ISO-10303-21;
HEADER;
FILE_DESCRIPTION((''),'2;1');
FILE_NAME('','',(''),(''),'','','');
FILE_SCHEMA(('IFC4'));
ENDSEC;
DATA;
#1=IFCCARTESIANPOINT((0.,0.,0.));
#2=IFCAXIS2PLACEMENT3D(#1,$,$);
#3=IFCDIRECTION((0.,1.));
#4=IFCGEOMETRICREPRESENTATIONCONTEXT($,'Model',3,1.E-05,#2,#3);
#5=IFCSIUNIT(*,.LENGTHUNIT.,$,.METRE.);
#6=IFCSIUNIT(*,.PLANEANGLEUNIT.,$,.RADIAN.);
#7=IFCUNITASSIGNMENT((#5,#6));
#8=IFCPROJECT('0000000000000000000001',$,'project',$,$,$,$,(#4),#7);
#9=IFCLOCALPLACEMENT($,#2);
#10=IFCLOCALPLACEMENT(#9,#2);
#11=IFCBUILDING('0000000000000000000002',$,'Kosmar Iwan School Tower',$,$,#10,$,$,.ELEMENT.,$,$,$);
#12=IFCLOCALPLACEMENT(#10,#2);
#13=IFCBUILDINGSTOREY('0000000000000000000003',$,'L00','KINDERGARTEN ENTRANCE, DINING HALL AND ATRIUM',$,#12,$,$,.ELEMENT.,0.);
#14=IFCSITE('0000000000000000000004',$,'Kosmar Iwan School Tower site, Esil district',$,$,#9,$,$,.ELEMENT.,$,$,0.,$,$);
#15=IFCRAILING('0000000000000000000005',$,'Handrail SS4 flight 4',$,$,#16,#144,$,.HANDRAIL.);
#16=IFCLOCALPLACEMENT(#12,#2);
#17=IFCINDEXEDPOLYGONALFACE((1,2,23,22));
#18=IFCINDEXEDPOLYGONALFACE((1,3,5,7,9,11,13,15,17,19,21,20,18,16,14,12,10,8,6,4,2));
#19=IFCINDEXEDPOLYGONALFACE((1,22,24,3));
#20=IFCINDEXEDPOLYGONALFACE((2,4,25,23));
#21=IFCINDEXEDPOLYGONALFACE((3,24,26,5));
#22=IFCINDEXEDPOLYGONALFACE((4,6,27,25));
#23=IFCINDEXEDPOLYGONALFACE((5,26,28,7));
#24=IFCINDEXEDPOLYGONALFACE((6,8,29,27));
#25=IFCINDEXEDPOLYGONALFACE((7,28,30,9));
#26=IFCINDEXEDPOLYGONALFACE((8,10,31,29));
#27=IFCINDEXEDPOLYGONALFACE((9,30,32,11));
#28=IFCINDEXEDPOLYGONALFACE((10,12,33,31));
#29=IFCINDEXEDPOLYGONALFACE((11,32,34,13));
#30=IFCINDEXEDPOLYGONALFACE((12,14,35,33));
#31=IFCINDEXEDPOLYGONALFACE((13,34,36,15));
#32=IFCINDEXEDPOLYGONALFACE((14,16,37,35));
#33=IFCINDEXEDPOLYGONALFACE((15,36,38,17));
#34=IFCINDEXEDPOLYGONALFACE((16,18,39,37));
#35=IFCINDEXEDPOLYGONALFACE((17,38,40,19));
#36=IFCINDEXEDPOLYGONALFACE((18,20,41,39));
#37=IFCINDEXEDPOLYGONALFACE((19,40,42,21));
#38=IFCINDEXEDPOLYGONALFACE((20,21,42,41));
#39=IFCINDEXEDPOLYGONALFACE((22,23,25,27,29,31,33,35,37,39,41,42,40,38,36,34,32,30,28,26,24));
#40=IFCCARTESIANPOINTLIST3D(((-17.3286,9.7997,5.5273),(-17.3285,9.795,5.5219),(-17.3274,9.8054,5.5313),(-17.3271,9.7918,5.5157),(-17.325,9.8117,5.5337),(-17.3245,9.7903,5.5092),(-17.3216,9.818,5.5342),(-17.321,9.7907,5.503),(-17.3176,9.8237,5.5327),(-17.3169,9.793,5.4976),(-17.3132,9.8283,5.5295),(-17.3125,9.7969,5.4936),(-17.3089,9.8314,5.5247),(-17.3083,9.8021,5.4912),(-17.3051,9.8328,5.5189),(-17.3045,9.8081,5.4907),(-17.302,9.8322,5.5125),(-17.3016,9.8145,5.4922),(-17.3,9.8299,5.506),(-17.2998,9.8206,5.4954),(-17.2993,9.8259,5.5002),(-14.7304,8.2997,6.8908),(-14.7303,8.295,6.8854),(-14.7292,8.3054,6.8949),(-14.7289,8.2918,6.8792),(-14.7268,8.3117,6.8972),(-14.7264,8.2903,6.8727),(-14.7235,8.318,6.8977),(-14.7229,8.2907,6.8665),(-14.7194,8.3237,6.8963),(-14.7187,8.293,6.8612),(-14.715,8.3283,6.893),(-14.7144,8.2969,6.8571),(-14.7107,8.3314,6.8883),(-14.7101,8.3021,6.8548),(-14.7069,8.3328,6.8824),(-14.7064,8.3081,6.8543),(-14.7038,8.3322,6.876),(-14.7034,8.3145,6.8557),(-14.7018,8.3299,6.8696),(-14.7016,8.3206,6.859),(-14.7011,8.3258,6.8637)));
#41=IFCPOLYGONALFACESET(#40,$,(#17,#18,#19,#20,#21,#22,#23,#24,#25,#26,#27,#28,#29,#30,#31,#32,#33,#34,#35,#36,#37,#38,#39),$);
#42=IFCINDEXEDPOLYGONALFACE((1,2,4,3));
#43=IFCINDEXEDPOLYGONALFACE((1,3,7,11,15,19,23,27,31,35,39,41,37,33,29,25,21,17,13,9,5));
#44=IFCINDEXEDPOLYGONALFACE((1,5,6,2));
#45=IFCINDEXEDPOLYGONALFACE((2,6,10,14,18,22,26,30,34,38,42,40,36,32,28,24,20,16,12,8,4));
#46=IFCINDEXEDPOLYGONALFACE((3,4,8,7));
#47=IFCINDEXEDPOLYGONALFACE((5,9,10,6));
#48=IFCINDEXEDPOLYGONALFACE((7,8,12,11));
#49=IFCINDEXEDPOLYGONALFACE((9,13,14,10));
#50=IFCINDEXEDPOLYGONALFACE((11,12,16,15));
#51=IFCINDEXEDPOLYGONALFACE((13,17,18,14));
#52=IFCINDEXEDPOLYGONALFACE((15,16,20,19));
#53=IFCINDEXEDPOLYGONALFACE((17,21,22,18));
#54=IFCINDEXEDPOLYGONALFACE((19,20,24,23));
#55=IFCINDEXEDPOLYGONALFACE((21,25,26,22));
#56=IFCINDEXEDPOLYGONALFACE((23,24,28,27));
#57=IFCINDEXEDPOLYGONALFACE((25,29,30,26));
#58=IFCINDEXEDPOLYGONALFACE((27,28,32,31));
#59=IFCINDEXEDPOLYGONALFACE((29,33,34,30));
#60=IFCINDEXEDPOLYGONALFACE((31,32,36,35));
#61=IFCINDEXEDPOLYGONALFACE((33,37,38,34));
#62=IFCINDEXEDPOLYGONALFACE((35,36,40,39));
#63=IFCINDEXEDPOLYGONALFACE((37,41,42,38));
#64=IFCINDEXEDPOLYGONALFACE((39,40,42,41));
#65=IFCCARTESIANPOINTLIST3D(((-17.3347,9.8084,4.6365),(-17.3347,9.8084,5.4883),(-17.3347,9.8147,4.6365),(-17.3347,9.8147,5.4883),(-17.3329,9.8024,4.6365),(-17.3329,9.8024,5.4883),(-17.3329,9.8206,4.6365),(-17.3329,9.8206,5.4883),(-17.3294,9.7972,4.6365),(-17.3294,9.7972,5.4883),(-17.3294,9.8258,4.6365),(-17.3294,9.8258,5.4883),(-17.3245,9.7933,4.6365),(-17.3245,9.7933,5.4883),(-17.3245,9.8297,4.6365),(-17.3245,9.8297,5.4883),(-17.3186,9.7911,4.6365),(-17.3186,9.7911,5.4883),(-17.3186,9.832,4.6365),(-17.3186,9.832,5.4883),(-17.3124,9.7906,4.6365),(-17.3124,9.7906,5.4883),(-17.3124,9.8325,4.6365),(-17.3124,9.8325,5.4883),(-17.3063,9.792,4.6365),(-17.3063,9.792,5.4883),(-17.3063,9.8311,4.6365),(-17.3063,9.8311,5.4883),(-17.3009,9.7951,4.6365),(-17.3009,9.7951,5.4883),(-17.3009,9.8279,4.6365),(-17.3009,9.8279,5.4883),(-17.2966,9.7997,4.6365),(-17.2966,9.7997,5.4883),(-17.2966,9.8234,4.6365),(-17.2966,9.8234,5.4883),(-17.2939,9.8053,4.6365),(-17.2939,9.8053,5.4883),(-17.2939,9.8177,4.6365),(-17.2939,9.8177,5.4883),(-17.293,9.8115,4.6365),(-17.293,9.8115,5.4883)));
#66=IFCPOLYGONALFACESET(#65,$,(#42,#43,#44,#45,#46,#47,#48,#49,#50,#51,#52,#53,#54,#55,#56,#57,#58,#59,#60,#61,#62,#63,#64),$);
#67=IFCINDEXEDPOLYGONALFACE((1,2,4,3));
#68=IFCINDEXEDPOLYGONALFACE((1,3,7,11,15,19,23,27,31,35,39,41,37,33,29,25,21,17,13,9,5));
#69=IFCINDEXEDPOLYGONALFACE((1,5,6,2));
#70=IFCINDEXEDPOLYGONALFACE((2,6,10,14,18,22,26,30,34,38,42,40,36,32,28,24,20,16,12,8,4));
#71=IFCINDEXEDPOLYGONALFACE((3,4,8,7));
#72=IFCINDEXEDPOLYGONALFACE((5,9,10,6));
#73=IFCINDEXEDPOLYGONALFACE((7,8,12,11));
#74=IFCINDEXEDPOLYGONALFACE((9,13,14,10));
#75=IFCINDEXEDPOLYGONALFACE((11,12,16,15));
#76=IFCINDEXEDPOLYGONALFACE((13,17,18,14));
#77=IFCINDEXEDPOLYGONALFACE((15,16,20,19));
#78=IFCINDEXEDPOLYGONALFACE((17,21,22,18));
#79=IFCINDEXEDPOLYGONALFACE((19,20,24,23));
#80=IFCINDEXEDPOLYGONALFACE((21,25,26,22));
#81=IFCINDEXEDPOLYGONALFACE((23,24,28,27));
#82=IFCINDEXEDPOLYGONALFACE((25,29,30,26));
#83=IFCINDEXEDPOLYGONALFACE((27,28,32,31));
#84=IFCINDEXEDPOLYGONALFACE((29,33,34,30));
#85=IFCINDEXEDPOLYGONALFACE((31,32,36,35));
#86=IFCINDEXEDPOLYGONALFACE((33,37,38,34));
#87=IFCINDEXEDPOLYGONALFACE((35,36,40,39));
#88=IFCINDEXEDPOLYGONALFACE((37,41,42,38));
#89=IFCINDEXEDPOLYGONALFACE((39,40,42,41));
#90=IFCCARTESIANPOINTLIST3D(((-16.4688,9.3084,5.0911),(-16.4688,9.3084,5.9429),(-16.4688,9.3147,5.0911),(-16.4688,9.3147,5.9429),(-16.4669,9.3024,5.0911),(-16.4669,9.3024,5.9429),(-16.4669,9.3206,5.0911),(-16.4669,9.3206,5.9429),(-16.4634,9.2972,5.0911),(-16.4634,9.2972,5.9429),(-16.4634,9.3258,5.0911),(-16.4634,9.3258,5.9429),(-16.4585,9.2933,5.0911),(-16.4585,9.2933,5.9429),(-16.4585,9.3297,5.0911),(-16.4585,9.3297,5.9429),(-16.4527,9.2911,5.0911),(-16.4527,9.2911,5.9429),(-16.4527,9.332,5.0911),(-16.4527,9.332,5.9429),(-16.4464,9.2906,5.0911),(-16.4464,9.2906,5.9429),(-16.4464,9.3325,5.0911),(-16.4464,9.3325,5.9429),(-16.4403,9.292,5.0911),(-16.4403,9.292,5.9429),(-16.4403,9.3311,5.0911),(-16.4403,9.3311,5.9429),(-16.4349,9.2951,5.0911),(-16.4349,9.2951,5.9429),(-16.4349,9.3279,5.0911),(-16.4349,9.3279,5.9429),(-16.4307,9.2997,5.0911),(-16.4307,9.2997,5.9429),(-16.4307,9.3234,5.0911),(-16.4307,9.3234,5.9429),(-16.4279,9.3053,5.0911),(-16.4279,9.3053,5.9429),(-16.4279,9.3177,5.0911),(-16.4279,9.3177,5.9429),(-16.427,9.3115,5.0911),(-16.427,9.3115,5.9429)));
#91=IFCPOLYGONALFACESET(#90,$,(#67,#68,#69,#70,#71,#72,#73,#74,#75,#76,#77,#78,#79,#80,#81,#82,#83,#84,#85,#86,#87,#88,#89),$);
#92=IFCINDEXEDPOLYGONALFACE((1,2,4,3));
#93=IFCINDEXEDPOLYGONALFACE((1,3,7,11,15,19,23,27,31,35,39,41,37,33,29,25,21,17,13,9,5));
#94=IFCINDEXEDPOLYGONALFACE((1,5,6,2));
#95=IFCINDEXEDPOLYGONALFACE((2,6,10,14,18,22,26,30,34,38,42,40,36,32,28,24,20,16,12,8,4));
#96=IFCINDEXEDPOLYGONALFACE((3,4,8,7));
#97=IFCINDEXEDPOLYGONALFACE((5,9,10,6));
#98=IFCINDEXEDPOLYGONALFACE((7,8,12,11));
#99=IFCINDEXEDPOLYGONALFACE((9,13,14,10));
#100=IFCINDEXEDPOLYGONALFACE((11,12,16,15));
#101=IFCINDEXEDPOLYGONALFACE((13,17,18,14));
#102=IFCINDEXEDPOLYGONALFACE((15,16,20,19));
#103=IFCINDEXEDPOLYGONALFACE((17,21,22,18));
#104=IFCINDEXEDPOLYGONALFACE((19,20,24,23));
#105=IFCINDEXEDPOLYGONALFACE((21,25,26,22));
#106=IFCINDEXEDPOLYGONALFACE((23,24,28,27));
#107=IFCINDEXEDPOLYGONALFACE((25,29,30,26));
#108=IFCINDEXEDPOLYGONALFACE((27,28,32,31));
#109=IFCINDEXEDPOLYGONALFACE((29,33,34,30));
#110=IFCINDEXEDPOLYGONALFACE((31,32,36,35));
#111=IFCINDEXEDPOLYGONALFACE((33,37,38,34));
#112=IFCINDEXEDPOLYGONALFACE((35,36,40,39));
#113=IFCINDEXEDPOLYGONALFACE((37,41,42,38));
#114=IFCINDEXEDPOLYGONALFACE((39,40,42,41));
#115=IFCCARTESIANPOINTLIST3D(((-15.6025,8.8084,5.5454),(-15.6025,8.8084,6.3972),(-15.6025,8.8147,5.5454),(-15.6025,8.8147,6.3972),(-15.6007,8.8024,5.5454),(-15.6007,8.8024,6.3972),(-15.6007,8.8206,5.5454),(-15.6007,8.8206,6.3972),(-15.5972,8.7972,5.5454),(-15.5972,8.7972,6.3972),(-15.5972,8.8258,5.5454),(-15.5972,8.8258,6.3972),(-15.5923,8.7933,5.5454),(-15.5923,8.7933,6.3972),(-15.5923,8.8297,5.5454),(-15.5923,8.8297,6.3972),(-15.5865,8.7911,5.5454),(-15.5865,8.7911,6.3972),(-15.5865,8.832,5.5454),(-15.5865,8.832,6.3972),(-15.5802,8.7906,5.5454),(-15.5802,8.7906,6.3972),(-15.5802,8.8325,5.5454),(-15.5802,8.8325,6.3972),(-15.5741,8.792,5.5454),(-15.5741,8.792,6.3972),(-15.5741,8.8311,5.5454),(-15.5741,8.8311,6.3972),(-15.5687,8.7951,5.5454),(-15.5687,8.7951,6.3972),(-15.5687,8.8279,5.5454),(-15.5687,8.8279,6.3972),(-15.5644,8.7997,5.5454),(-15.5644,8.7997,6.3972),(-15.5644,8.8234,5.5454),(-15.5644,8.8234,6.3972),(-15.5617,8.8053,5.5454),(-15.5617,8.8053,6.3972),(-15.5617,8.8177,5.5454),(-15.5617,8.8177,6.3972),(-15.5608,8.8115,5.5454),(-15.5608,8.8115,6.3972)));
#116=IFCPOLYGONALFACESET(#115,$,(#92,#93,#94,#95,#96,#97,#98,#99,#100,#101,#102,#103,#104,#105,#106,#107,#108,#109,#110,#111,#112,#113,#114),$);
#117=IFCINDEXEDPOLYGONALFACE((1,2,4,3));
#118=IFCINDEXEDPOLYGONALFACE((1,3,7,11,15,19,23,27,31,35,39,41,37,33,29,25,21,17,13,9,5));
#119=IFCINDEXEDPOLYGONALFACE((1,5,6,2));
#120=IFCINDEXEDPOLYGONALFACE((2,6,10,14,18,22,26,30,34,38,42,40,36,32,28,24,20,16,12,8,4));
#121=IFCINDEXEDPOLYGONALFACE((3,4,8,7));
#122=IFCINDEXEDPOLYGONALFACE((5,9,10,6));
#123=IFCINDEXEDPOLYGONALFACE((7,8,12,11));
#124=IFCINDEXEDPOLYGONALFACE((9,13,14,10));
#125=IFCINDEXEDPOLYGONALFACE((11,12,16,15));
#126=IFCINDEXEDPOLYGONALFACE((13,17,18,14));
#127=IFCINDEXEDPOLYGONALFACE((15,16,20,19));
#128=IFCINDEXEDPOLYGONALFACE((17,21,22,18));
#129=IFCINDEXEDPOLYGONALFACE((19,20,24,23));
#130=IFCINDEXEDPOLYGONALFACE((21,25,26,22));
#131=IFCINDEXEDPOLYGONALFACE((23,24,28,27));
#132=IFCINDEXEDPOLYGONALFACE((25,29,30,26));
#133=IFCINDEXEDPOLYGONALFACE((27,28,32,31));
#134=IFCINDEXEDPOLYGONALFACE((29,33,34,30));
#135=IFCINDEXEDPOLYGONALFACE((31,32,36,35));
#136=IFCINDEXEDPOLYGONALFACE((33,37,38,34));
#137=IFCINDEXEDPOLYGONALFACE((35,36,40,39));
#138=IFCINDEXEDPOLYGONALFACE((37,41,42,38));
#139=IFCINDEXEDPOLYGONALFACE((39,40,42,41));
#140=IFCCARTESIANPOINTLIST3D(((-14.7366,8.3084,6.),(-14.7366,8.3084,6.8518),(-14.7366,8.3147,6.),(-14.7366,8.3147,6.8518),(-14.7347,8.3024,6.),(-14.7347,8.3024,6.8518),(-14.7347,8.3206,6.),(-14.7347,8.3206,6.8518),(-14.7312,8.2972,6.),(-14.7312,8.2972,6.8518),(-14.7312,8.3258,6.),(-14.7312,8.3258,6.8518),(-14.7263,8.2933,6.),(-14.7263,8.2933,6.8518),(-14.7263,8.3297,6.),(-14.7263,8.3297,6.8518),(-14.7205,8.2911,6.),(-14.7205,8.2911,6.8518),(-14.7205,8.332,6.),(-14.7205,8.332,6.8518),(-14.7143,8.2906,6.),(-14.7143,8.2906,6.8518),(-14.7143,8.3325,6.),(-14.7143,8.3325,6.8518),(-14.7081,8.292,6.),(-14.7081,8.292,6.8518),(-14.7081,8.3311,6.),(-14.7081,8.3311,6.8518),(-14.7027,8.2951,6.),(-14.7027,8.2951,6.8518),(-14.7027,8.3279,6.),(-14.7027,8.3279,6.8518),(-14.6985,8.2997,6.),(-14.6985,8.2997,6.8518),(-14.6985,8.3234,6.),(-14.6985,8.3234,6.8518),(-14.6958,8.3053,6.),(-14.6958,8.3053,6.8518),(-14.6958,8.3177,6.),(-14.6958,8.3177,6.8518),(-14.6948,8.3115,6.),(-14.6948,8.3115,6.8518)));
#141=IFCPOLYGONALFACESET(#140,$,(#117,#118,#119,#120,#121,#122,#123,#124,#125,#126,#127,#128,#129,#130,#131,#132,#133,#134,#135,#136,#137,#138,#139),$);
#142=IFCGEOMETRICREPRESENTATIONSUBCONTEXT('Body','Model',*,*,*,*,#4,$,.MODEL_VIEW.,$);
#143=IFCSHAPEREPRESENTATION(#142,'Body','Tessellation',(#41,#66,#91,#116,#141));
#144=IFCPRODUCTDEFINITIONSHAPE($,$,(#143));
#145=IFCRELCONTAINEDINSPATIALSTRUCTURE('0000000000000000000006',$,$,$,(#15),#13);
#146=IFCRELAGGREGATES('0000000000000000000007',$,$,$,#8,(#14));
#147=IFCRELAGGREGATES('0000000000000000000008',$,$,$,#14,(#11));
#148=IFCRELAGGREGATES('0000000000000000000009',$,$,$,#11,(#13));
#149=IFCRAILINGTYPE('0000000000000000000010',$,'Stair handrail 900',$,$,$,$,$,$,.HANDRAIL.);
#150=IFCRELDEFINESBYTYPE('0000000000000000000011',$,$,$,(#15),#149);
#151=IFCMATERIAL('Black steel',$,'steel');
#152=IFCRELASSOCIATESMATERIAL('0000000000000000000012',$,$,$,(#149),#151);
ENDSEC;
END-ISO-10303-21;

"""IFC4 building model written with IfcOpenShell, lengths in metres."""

from ifc_helpers import new_model, si_unit, direction, frame, origin, origin_2d, place, context, subcontext, project, spatial, circle, extrude, material, type_object, element, save


model = new_model("IFC4")

# Units and contexts
model_context = context("Model", 3, precision=1e-05, world=origin(), true_north=direction((0.0, 1.0)))
body_context = subcontext(model_context, "Body", "Model", "MODEL_VIEW")
ifc_project = project(units=[si_unit("LENGTHUNIT", "METRE"), si_unit("PLANEANGLEUNIT", "RADIAN")], contexts=[model_context])

# Site, building, storey
site_placement = place(None, origin())
site = spatial("IfcSite", under=ifc_project, at=site_placement, Name="Kosmar Iwan School Tower site, Esil district", CompositionType="ELEMENT", RefElevation=0.0)
building_placement = place(site_placement, origin())
building = spatial("IfcBuilding", under=site, at=building_placement, Name="Kosmar Iwan School Tower", CompositionType="ELEMENT")
storey_placement = place(building_placement, origin())
storey = spatial("IfcBuildingStorey", under=building, at=storey_placement, Name="L00", Description="KINDERGARTEN ENTRANCE, DINING HALL AND ATRIUM", CompositionType="ELEMENT", Elevation=0.0)

# Railing
ifc_material_1 = material(Name="Black steel", Category="steel")
railing_type = type_object("IfcRailingType", Name="Stair handrail 900", PredefinedType="HANDRAIL", material=ifc_material_1)
railing_placement = place(storey_placement, frame((-17.314, 9.8115, 4.6365)))
element("IfcRailing", 1, at=railing_placement, inside=storey, type_object=railing_type, Name="Handrail SS4 flight 4", PredefinedType="HANDRAIL", context=body_context, shape_type="SweptSolid", body=[
    extrude(circle(Radius=0.0239, at=origin_2d()), frame((0.0, 0.0, 0.876), z_axis=(0.788419, -0.455182, 0.413768), x_axis=(0.49999, 0.866031, 0.0)), (0.0, 0.0, 1.0), 3.2954),
    extrude(circle(Radius=0.021, at=origin_2d()), origin(), (0.0, 0.0, 1.0), 0.8518),
    extrude(circle(Radius=0.021, at=origin_2d()), frame((0.866, -0.5, 0.4546)), (0.0, 0.0, 1.0), 0.8518),
    extrude(circle(Radius=0.021, at=origin_2d()), frame((1.7322, -1.0, 0.9089)), (0.0, 0.0, 1.0), 0.8518),
    extrude(circle(Radius=0.021, at=origin_2d()), frame((2.5981, -1.5, 1.3635)), (0.0, 0.0, 1.0), 0.8518),
])

save(model, "model.ifc")
